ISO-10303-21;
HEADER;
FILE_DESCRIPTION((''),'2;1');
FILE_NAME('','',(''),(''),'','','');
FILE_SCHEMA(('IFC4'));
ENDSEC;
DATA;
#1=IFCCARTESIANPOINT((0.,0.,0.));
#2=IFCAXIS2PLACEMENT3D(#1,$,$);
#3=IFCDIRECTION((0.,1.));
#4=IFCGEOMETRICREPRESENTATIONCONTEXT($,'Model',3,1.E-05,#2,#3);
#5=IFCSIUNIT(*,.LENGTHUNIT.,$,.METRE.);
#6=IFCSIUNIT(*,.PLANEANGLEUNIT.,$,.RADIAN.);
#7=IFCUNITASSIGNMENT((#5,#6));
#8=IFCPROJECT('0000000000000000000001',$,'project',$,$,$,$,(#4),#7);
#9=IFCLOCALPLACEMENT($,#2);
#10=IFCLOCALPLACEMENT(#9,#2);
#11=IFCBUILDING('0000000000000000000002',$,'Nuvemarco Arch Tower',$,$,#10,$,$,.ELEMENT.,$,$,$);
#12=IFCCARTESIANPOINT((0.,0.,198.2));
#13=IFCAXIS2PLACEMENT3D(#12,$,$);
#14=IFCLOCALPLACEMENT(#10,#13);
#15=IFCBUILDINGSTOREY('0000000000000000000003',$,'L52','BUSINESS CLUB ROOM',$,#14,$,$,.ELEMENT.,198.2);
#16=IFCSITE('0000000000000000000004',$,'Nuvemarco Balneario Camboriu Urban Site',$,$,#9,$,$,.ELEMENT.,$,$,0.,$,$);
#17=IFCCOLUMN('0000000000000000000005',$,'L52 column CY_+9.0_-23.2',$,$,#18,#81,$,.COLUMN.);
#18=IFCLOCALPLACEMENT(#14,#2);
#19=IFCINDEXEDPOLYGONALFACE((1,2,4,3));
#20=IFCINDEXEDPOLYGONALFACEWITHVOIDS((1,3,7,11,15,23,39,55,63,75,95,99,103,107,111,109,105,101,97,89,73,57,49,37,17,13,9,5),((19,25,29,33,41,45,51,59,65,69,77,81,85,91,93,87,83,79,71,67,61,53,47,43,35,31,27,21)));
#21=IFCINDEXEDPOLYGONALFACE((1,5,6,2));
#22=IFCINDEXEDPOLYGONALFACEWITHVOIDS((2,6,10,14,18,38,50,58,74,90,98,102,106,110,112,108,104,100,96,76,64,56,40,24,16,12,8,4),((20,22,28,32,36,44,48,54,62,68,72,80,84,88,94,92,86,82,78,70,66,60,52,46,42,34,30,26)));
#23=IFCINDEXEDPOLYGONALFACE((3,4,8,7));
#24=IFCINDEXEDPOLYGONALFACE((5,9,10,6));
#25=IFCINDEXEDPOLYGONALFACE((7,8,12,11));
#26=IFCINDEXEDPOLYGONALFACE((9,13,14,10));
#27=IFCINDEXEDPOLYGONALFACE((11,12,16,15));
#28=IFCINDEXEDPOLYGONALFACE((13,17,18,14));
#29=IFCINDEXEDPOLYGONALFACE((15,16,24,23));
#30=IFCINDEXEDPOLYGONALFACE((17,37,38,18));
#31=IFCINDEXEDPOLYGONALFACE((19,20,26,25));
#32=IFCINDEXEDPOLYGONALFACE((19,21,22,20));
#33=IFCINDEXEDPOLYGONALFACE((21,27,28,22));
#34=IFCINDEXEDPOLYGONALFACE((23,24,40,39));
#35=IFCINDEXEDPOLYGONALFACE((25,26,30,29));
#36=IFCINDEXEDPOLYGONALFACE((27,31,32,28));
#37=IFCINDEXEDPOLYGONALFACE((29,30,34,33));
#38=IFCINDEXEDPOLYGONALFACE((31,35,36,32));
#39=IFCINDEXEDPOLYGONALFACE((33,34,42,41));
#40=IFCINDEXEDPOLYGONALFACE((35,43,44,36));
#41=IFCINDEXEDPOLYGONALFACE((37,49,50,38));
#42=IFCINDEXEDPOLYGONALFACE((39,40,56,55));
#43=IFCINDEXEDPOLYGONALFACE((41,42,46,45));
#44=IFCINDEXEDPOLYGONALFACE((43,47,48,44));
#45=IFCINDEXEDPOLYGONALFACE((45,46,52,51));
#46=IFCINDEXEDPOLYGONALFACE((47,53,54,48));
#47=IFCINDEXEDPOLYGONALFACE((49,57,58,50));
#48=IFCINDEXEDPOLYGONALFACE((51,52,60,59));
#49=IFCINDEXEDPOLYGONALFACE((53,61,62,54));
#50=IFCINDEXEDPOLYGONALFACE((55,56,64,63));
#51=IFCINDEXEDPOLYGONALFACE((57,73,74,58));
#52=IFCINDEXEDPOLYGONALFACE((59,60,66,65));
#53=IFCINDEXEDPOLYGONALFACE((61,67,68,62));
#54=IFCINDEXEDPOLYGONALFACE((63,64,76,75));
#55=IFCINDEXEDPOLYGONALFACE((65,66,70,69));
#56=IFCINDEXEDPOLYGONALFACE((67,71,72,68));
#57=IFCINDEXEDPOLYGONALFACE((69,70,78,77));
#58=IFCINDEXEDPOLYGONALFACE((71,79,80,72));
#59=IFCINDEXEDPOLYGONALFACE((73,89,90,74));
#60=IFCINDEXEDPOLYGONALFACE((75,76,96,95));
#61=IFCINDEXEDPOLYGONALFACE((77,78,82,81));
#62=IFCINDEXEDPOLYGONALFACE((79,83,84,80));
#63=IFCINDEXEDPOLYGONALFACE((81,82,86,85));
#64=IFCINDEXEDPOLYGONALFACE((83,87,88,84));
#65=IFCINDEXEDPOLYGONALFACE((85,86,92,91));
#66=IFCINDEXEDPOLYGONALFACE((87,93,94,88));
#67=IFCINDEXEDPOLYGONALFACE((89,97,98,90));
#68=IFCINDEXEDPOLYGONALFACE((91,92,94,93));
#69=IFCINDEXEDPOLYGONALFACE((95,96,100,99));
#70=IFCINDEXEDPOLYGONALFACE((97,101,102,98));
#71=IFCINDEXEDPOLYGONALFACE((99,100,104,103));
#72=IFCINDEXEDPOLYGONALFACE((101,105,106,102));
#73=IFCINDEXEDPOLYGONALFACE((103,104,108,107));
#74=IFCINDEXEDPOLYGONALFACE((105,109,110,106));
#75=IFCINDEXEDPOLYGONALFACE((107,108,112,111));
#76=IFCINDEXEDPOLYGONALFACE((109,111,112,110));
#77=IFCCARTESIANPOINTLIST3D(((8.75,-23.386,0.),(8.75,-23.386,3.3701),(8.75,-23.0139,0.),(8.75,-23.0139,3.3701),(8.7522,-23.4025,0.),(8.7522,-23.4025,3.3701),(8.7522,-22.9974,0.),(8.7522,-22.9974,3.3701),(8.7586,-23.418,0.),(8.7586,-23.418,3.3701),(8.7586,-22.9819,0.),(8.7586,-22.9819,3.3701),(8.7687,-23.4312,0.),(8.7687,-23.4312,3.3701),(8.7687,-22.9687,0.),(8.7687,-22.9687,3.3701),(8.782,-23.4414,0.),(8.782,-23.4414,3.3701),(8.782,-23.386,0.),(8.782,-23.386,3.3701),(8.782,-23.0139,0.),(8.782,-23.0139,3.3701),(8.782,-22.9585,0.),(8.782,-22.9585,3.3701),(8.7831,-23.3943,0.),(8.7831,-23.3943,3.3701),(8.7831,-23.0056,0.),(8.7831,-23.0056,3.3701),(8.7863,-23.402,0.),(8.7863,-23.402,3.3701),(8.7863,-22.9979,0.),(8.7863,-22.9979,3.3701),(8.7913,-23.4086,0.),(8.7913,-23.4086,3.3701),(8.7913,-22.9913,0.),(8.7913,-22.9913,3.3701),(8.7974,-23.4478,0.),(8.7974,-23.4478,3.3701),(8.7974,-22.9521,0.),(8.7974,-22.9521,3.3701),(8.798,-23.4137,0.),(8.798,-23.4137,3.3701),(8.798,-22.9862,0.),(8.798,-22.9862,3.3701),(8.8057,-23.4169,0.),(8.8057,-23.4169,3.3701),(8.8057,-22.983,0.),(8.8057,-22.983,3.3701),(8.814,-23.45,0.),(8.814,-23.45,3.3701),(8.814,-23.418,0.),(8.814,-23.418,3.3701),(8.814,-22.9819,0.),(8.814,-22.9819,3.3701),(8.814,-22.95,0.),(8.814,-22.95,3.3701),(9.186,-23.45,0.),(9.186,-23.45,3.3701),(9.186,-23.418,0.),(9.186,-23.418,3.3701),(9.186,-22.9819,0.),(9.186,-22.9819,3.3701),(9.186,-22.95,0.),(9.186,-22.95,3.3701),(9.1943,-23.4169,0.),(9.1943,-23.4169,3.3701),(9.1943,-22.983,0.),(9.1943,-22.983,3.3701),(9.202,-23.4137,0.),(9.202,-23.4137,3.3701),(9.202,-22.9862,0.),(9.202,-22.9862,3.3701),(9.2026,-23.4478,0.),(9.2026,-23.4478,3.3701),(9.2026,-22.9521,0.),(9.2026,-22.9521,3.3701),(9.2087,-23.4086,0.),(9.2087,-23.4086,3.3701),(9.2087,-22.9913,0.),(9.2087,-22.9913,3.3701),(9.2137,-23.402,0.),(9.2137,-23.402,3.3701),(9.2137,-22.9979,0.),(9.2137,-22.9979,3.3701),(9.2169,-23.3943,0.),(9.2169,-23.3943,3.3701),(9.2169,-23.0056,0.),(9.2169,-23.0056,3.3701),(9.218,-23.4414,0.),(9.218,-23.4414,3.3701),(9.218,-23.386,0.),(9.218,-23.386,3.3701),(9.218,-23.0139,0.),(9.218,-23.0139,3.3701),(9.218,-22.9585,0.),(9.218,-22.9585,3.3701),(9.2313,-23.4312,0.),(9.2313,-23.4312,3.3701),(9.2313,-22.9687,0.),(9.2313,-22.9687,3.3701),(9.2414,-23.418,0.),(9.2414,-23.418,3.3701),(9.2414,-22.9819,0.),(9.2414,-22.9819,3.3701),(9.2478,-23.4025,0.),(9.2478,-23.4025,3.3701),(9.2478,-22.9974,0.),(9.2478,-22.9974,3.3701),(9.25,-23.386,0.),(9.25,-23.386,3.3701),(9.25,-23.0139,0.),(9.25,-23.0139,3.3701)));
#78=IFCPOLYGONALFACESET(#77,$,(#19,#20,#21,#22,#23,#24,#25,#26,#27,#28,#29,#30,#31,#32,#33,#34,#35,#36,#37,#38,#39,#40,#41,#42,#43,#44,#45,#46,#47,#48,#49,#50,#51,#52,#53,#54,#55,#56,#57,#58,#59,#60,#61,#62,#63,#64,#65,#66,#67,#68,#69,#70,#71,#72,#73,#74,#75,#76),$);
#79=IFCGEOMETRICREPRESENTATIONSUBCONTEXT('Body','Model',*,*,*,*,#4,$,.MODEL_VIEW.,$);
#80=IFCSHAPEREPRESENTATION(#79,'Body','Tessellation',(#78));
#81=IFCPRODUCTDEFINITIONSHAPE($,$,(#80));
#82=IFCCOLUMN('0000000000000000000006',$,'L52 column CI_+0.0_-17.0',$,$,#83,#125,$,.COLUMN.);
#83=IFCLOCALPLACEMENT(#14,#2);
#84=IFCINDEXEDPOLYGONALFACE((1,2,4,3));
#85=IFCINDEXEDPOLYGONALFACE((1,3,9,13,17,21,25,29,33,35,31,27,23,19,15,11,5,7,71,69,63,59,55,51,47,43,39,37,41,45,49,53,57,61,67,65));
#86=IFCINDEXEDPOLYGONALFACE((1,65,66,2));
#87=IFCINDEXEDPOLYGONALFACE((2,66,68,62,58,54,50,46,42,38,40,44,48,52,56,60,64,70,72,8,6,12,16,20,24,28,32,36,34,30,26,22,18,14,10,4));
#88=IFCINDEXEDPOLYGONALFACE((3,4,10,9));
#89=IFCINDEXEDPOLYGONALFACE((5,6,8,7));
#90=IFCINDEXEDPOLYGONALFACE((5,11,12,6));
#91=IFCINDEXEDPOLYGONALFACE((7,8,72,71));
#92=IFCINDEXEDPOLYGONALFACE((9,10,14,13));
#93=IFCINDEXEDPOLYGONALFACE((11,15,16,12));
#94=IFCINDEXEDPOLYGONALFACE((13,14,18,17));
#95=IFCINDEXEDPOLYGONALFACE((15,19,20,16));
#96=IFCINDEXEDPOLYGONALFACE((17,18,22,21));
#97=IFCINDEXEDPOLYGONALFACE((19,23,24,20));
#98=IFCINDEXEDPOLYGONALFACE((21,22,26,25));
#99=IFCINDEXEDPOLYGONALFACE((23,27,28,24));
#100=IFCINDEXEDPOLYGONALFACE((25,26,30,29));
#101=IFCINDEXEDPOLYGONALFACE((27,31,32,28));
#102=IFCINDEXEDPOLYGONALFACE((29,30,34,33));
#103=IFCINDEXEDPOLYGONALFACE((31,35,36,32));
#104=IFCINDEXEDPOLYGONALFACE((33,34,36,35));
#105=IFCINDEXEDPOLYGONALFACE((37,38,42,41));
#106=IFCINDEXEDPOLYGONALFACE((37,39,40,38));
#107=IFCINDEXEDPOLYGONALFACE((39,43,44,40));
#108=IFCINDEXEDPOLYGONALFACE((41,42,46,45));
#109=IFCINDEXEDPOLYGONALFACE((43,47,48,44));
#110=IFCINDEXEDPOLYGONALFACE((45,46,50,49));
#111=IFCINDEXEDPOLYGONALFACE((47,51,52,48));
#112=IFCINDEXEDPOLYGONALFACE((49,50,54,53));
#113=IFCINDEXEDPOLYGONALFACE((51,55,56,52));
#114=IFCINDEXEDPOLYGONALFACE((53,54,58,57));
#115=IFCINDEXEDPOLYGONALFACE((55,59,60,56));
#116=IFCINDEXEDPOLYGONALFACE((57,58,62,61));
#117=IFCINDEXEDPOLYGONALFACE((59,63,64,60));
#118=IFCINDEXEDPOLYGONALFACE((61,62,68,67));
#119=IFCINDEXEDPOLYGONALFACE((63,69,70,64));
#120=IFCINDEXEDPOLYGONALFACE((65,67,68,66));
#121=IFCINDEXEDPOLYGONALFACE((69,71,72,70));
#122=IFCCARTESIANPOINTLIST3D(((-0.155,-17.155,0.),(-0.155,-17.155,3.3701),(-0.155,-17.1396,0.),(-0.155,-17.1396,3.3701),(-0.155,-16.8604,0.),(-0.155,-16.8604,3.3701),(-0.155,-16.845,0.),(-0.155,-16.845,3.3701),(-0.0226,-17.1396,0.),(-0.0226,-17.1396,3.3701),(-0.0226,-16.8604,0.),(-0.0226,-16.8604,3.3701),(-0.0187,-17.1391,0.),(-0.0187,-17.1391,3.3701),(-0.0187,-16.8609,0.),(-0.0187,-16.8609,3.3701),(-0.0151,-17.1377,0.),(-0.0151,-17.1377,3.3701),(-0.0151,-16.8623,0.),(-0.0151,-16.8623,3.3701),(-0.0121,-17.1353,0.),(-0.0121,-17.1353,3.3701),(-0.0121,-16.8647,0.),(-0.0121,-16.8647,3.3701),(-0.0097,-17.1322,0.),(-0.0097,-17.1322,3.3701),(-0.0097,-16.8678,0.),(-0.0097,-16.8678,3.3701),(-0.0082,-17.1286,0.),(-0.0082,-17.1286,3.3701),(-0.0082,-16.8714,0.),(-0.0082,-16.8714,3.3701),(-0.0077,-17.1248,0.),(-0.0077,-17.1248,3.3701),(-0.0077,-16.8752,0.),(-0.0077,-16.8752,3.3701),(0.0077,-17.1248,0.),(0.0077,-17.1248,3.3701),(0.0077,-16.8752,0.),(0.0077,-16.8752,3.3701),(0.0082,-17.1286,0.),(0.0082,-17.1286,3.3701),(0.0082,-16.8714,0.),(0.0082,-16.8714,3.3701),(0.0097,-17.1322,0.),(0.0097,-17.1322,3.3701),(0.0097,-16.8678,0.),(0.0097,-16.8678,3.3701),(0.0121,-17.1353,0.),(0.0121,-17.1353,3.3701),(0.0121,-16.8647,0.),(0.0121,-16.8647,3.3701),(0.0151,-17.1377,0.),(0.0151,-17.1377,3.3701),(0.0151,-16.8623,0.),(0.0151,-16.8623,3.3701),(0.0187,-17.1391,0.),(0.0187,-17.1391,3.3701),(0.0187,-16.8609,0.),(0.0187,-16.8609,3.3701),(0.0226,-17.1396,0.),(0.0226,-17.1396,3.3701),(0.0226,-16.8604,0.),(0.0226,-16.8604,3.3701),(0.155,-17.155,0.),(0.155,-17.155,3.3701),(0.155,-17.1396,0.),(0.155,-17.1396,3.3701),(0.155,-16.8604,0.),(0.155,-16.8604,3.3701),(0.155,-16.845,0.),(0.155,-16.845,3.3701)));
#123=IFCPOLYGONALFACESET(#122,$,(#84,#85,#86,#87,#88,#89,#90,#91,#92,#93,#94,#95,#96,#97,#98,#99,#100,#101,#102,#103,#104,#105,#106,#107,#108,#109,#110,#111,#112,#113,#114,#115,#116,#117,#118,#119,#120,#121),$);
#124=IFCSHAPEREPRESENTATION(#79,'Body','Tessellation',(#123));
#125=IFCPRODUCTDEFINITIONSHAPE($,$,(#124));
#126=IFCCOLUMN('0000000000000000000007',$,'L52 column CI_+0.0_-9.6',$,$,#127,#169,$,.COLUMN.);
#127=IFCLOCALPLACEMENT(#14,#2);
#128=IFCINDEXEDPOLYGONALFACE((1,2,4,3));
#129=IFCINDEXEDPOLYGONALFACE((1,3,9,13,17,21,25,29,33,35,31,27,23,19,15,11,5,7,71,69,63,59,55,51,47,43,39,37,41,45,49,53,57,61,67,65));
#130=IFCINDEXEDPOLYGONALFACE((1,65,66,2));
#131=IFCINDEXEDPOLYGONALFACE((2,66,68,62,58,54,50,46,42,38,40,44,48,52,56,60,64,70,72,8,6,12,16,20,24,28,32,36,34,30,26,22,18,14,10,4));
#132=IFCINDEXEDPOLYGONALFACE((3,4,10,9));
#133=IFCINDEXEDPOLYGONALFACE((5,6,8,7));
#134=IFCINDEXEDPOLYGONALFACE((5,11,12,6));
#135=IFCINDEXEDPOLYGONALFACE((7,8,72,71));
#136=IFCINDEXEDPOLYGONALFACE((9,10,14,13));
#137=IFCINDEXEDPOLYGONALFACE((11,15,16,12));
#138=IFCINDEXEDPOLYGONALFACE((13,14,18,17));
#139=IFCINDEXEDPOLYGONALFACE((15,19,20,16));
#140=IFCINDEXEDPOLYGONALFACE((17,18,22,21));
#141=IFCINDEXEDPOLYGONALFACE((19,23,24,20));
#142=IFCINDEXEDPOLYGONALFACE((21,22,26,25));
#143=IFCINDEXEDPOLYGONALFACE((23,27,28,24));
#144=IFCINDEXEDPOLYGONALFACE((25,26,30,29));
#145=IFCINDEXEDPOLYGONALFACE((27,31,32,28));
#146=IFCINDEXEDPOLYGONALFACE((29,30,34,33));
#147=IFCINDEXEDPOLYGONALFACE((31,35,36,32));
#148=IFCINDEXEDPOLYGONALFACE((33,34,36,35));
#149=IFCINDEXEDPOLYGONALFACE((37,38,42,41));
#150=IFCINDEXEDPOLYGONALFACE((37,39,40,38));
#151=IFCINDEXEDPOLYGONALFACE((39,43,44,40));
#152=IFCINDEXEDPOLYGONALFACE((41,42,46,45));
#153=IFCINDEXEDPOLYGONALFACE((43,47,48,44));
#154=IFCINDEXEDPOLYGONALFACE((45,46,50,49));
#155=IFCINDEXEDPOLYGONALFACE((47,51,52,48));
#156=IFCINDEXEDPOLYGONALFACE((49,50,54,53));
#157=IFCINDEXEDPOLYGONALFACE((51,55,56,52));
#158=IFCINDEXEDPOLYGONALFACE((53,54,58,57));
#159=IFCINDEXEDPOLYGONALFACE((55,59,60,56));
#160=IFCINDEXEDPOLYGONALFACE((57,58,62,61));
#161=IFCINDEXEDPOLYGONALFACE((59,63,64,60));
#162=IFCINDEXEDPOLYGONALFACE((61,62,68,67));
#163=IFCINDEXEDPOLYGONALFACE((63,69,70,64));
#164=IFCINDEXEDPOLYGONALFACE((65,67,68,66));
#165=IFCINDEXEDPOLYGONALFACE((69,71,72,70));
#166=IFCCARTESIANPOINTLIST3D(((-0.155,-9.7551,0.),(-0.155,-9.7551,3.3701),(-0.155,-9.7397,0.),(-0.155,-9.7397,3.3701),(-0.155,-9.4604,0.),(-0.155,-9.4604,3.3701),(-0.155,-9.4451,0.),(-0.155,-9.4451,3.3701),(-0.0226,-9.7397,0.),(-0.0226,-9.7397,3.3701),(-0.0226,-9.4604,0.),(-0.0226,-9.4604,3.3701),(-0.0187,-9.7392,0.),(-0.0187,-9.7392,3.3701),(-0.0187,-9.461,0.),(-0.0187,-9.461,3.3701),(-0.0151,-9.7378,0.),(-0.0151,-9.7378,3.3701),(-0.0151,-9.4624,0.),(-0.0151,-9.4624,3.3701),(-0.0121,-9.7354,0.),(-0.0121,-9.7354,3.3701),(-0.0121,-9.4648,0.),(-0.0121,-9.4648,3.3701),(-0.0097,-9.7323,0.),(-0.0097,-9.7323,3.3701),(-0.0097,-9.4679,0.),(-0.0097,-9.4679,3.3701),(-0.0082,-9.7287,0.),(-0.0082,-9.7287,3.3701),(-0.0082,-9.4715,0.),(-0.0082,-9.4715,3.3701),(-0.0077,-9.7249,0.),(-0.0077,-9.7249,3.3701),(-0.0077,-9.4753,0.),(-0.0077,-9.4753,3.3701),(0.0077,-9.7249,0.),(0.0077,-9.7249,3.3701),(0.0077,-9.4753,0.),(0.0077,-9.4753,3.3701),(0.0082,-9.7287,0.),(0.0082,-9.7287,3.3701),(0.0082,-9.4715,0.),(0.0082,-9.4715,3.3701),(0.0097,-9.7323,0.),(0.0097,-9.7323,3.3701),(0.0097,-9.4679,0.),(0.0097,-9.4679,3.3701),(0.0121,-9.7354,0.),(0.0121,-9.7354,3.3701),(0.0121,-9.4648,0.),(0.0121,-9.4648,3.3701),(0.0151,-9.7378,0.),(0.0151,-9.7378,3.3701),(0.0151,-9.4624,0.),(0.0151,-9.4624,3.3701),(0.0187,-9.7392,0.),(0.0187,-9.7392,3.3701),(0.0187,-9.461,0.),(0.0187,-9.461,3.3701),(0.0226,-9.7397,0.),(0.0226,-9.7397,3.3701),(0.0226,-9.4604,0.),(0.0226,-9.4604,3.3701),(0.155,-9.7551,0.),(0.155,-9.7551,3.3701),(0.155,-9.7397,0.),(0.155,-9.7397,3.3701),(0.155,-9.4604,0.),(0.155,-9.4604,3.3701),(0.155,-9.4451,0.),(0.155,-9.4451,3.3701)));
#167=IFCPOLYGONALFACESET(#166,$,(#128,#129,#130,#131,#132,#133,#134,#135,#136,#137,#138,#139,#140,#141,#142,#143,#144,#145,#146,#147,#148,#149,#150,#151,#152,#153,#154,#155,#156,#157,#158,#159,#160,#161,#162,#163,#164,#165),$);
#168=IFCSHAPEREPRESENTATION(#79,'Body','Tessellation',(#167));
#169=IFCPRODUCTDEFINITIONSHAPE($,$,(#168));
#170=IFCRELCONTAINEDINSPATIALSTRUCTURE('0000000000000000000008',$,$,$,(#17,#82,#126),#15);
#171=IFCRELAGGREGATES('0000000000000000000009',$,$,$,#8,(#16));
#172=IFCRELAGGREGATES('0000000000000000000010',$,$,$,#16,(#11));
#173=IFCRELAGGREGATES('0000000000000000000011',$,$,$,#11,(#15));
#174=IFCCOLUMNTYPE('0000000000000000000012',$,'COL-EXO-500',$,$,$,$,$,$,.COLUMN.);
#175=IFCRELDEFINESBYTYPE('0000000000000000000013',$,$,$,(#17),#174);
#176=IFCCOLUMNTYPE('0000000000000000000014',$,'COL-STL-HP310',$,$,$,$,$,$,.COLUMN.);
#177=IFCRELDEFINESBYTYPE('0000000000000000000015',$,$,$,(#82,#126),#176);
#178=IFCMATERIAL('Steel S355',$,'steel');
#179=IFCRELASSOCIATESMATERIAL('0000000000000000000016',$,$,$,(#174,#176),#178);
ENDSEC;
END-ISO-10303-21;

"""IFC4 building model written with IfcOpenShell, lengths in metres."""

from ifc_helpers import new_model, si_unit, direction, frame, origin, origin_2d, place, context, subcontext, project, spatial, hollow_rectangle, i_section, extrude, material, material_profile, profile_set, type_object, element, save


model = new_model("IFC4")

# Units and contexts
model_context = context("Model", 3, precision=1e-05, world=origin(), true_north=direction((0.0, 1.0)))
body_context = subcontext(model_context, "Body", "Model", "MODEL_VIEW")
ifc_project = project(units=[si_unit("LENGTHUNIT", "METRE"), si_unit("PLANEANGLEUNIT", "RADIAN")], contexts=[model_context])

# Site, building, storey
site_placement = place(None, origin())
site = spatial("IfcSite", under=ifc_project, at=site_placement, Name="Nuvemarco Balneario Camboriu Urban Site", CompositionType="ELEMENT", RefElevation=0.0)
building_placement = place(site_placement, origin())
building = spatial("IfcBuilding", under=site, at=building_placement, Name="Nuvemarco Arch Tower", CompositionType="ELEMENT")
storey_placement = place(building_placement, frame((0.0, 0.0, 198.2)))
storey = spatial("IfcBuildingStorey", under=building, at=storey_placement, Name="L52", Description="BUSINESS CLUB ROOM", CompositionType="ELEMENT", Elevation=198.2)

# Columns
ifc_material_1 = material(Name="Steel S355", Category="steel")
ifc_material_profile_1 = material_profile(ifc_material_1, hollow_rectangle(XDim=0.5, YDim=0.5, WallThickness=0.032, InnerFilletRadius=0.032, OuterFilletRadius=0.064, at=origin_2d()), Name="SHS500x500x32")
ifc_profile_set_1 = profile_set([ifc_material_profile_1], Name="Steel S355")
column_type_1 = type_object("IfcColumnType", Name="COL-EXO-500", PredefinedType="COLUMN", material=ifc_profile_set_1)
column_placement = place(storey_placement, frame((9.0, -23.2, 0.0), z_axis=(0.0, 0.0, 1.0), x_axis=(1.0, 0.0, 0.0)))
element("IfcColumn", 1, at=column_placement, inside=storey, type_object=column_type_1, Name="L52 column CY_+9.0_-23.2", PredefinedType="COLUMN", context=body_context, shape_type="SweptSolid", body=[
    extrude(hollow_rectangle(XDim=0.5, YDim=0.5, WallThickness=0.032, InnerFilletRadius=0.032, OuterFilletRadius=0.064, at=origin_2d()), origin(), (0.0, 0.0, 1.0), 3.3701),
])
ifc_material_profile_2 = material_profile(ifc_material_1, i_section(OverallWidth=0.3101, OverallDepth=0.3101, WebThickness=0.0154, FlangeThickness=0.0154, FilletRadius=0.0149, at=origin_2d()), Name="HP310x110")
ifc_profile_set_2 = profile_set([ifc_material_profile_2], Name="Steel S355")
column_type_2 = type_object("IfcColumnType", Name="COL-STL-HP310", PredefinedType="COLUMN", material=ifc_profile_set_2)
for number, where, z_axis, x_axis, name in (
    (2, (0.0, -17.0, 0.0), (0.0, 0.0, 1.0), (1.0, 0.0, 0.0), "L52 column CI_+0.0_-17.0"),
    (3, (0.0, -9.6001, 0.0), (0.0, 0.0, 1.0), (1.0, 0.0, 0.0), "L52 column CI_+0.0_-9.6"),
):
    element("IfcColumn", number, at=place(storey_placement, frame(where, z_axis=z_axis, x_axis=x_axis)), inside=storey, type_object=column_type_2, Name=name, PredefinedType="COLUMN", context=body_context, shape_type="SweptSolid", body=[
        extrude(i_section(OverallWidth=0.3101, OverallDepth=0.3101, WebThickness=0.0154, FlangeThickness=0.0154, FilletRadius=0.0149, at=origin_2d()), origin(), (0.0, 0.0, 1.0), 3.3701),
    ])

save(model, "model.ifc")
